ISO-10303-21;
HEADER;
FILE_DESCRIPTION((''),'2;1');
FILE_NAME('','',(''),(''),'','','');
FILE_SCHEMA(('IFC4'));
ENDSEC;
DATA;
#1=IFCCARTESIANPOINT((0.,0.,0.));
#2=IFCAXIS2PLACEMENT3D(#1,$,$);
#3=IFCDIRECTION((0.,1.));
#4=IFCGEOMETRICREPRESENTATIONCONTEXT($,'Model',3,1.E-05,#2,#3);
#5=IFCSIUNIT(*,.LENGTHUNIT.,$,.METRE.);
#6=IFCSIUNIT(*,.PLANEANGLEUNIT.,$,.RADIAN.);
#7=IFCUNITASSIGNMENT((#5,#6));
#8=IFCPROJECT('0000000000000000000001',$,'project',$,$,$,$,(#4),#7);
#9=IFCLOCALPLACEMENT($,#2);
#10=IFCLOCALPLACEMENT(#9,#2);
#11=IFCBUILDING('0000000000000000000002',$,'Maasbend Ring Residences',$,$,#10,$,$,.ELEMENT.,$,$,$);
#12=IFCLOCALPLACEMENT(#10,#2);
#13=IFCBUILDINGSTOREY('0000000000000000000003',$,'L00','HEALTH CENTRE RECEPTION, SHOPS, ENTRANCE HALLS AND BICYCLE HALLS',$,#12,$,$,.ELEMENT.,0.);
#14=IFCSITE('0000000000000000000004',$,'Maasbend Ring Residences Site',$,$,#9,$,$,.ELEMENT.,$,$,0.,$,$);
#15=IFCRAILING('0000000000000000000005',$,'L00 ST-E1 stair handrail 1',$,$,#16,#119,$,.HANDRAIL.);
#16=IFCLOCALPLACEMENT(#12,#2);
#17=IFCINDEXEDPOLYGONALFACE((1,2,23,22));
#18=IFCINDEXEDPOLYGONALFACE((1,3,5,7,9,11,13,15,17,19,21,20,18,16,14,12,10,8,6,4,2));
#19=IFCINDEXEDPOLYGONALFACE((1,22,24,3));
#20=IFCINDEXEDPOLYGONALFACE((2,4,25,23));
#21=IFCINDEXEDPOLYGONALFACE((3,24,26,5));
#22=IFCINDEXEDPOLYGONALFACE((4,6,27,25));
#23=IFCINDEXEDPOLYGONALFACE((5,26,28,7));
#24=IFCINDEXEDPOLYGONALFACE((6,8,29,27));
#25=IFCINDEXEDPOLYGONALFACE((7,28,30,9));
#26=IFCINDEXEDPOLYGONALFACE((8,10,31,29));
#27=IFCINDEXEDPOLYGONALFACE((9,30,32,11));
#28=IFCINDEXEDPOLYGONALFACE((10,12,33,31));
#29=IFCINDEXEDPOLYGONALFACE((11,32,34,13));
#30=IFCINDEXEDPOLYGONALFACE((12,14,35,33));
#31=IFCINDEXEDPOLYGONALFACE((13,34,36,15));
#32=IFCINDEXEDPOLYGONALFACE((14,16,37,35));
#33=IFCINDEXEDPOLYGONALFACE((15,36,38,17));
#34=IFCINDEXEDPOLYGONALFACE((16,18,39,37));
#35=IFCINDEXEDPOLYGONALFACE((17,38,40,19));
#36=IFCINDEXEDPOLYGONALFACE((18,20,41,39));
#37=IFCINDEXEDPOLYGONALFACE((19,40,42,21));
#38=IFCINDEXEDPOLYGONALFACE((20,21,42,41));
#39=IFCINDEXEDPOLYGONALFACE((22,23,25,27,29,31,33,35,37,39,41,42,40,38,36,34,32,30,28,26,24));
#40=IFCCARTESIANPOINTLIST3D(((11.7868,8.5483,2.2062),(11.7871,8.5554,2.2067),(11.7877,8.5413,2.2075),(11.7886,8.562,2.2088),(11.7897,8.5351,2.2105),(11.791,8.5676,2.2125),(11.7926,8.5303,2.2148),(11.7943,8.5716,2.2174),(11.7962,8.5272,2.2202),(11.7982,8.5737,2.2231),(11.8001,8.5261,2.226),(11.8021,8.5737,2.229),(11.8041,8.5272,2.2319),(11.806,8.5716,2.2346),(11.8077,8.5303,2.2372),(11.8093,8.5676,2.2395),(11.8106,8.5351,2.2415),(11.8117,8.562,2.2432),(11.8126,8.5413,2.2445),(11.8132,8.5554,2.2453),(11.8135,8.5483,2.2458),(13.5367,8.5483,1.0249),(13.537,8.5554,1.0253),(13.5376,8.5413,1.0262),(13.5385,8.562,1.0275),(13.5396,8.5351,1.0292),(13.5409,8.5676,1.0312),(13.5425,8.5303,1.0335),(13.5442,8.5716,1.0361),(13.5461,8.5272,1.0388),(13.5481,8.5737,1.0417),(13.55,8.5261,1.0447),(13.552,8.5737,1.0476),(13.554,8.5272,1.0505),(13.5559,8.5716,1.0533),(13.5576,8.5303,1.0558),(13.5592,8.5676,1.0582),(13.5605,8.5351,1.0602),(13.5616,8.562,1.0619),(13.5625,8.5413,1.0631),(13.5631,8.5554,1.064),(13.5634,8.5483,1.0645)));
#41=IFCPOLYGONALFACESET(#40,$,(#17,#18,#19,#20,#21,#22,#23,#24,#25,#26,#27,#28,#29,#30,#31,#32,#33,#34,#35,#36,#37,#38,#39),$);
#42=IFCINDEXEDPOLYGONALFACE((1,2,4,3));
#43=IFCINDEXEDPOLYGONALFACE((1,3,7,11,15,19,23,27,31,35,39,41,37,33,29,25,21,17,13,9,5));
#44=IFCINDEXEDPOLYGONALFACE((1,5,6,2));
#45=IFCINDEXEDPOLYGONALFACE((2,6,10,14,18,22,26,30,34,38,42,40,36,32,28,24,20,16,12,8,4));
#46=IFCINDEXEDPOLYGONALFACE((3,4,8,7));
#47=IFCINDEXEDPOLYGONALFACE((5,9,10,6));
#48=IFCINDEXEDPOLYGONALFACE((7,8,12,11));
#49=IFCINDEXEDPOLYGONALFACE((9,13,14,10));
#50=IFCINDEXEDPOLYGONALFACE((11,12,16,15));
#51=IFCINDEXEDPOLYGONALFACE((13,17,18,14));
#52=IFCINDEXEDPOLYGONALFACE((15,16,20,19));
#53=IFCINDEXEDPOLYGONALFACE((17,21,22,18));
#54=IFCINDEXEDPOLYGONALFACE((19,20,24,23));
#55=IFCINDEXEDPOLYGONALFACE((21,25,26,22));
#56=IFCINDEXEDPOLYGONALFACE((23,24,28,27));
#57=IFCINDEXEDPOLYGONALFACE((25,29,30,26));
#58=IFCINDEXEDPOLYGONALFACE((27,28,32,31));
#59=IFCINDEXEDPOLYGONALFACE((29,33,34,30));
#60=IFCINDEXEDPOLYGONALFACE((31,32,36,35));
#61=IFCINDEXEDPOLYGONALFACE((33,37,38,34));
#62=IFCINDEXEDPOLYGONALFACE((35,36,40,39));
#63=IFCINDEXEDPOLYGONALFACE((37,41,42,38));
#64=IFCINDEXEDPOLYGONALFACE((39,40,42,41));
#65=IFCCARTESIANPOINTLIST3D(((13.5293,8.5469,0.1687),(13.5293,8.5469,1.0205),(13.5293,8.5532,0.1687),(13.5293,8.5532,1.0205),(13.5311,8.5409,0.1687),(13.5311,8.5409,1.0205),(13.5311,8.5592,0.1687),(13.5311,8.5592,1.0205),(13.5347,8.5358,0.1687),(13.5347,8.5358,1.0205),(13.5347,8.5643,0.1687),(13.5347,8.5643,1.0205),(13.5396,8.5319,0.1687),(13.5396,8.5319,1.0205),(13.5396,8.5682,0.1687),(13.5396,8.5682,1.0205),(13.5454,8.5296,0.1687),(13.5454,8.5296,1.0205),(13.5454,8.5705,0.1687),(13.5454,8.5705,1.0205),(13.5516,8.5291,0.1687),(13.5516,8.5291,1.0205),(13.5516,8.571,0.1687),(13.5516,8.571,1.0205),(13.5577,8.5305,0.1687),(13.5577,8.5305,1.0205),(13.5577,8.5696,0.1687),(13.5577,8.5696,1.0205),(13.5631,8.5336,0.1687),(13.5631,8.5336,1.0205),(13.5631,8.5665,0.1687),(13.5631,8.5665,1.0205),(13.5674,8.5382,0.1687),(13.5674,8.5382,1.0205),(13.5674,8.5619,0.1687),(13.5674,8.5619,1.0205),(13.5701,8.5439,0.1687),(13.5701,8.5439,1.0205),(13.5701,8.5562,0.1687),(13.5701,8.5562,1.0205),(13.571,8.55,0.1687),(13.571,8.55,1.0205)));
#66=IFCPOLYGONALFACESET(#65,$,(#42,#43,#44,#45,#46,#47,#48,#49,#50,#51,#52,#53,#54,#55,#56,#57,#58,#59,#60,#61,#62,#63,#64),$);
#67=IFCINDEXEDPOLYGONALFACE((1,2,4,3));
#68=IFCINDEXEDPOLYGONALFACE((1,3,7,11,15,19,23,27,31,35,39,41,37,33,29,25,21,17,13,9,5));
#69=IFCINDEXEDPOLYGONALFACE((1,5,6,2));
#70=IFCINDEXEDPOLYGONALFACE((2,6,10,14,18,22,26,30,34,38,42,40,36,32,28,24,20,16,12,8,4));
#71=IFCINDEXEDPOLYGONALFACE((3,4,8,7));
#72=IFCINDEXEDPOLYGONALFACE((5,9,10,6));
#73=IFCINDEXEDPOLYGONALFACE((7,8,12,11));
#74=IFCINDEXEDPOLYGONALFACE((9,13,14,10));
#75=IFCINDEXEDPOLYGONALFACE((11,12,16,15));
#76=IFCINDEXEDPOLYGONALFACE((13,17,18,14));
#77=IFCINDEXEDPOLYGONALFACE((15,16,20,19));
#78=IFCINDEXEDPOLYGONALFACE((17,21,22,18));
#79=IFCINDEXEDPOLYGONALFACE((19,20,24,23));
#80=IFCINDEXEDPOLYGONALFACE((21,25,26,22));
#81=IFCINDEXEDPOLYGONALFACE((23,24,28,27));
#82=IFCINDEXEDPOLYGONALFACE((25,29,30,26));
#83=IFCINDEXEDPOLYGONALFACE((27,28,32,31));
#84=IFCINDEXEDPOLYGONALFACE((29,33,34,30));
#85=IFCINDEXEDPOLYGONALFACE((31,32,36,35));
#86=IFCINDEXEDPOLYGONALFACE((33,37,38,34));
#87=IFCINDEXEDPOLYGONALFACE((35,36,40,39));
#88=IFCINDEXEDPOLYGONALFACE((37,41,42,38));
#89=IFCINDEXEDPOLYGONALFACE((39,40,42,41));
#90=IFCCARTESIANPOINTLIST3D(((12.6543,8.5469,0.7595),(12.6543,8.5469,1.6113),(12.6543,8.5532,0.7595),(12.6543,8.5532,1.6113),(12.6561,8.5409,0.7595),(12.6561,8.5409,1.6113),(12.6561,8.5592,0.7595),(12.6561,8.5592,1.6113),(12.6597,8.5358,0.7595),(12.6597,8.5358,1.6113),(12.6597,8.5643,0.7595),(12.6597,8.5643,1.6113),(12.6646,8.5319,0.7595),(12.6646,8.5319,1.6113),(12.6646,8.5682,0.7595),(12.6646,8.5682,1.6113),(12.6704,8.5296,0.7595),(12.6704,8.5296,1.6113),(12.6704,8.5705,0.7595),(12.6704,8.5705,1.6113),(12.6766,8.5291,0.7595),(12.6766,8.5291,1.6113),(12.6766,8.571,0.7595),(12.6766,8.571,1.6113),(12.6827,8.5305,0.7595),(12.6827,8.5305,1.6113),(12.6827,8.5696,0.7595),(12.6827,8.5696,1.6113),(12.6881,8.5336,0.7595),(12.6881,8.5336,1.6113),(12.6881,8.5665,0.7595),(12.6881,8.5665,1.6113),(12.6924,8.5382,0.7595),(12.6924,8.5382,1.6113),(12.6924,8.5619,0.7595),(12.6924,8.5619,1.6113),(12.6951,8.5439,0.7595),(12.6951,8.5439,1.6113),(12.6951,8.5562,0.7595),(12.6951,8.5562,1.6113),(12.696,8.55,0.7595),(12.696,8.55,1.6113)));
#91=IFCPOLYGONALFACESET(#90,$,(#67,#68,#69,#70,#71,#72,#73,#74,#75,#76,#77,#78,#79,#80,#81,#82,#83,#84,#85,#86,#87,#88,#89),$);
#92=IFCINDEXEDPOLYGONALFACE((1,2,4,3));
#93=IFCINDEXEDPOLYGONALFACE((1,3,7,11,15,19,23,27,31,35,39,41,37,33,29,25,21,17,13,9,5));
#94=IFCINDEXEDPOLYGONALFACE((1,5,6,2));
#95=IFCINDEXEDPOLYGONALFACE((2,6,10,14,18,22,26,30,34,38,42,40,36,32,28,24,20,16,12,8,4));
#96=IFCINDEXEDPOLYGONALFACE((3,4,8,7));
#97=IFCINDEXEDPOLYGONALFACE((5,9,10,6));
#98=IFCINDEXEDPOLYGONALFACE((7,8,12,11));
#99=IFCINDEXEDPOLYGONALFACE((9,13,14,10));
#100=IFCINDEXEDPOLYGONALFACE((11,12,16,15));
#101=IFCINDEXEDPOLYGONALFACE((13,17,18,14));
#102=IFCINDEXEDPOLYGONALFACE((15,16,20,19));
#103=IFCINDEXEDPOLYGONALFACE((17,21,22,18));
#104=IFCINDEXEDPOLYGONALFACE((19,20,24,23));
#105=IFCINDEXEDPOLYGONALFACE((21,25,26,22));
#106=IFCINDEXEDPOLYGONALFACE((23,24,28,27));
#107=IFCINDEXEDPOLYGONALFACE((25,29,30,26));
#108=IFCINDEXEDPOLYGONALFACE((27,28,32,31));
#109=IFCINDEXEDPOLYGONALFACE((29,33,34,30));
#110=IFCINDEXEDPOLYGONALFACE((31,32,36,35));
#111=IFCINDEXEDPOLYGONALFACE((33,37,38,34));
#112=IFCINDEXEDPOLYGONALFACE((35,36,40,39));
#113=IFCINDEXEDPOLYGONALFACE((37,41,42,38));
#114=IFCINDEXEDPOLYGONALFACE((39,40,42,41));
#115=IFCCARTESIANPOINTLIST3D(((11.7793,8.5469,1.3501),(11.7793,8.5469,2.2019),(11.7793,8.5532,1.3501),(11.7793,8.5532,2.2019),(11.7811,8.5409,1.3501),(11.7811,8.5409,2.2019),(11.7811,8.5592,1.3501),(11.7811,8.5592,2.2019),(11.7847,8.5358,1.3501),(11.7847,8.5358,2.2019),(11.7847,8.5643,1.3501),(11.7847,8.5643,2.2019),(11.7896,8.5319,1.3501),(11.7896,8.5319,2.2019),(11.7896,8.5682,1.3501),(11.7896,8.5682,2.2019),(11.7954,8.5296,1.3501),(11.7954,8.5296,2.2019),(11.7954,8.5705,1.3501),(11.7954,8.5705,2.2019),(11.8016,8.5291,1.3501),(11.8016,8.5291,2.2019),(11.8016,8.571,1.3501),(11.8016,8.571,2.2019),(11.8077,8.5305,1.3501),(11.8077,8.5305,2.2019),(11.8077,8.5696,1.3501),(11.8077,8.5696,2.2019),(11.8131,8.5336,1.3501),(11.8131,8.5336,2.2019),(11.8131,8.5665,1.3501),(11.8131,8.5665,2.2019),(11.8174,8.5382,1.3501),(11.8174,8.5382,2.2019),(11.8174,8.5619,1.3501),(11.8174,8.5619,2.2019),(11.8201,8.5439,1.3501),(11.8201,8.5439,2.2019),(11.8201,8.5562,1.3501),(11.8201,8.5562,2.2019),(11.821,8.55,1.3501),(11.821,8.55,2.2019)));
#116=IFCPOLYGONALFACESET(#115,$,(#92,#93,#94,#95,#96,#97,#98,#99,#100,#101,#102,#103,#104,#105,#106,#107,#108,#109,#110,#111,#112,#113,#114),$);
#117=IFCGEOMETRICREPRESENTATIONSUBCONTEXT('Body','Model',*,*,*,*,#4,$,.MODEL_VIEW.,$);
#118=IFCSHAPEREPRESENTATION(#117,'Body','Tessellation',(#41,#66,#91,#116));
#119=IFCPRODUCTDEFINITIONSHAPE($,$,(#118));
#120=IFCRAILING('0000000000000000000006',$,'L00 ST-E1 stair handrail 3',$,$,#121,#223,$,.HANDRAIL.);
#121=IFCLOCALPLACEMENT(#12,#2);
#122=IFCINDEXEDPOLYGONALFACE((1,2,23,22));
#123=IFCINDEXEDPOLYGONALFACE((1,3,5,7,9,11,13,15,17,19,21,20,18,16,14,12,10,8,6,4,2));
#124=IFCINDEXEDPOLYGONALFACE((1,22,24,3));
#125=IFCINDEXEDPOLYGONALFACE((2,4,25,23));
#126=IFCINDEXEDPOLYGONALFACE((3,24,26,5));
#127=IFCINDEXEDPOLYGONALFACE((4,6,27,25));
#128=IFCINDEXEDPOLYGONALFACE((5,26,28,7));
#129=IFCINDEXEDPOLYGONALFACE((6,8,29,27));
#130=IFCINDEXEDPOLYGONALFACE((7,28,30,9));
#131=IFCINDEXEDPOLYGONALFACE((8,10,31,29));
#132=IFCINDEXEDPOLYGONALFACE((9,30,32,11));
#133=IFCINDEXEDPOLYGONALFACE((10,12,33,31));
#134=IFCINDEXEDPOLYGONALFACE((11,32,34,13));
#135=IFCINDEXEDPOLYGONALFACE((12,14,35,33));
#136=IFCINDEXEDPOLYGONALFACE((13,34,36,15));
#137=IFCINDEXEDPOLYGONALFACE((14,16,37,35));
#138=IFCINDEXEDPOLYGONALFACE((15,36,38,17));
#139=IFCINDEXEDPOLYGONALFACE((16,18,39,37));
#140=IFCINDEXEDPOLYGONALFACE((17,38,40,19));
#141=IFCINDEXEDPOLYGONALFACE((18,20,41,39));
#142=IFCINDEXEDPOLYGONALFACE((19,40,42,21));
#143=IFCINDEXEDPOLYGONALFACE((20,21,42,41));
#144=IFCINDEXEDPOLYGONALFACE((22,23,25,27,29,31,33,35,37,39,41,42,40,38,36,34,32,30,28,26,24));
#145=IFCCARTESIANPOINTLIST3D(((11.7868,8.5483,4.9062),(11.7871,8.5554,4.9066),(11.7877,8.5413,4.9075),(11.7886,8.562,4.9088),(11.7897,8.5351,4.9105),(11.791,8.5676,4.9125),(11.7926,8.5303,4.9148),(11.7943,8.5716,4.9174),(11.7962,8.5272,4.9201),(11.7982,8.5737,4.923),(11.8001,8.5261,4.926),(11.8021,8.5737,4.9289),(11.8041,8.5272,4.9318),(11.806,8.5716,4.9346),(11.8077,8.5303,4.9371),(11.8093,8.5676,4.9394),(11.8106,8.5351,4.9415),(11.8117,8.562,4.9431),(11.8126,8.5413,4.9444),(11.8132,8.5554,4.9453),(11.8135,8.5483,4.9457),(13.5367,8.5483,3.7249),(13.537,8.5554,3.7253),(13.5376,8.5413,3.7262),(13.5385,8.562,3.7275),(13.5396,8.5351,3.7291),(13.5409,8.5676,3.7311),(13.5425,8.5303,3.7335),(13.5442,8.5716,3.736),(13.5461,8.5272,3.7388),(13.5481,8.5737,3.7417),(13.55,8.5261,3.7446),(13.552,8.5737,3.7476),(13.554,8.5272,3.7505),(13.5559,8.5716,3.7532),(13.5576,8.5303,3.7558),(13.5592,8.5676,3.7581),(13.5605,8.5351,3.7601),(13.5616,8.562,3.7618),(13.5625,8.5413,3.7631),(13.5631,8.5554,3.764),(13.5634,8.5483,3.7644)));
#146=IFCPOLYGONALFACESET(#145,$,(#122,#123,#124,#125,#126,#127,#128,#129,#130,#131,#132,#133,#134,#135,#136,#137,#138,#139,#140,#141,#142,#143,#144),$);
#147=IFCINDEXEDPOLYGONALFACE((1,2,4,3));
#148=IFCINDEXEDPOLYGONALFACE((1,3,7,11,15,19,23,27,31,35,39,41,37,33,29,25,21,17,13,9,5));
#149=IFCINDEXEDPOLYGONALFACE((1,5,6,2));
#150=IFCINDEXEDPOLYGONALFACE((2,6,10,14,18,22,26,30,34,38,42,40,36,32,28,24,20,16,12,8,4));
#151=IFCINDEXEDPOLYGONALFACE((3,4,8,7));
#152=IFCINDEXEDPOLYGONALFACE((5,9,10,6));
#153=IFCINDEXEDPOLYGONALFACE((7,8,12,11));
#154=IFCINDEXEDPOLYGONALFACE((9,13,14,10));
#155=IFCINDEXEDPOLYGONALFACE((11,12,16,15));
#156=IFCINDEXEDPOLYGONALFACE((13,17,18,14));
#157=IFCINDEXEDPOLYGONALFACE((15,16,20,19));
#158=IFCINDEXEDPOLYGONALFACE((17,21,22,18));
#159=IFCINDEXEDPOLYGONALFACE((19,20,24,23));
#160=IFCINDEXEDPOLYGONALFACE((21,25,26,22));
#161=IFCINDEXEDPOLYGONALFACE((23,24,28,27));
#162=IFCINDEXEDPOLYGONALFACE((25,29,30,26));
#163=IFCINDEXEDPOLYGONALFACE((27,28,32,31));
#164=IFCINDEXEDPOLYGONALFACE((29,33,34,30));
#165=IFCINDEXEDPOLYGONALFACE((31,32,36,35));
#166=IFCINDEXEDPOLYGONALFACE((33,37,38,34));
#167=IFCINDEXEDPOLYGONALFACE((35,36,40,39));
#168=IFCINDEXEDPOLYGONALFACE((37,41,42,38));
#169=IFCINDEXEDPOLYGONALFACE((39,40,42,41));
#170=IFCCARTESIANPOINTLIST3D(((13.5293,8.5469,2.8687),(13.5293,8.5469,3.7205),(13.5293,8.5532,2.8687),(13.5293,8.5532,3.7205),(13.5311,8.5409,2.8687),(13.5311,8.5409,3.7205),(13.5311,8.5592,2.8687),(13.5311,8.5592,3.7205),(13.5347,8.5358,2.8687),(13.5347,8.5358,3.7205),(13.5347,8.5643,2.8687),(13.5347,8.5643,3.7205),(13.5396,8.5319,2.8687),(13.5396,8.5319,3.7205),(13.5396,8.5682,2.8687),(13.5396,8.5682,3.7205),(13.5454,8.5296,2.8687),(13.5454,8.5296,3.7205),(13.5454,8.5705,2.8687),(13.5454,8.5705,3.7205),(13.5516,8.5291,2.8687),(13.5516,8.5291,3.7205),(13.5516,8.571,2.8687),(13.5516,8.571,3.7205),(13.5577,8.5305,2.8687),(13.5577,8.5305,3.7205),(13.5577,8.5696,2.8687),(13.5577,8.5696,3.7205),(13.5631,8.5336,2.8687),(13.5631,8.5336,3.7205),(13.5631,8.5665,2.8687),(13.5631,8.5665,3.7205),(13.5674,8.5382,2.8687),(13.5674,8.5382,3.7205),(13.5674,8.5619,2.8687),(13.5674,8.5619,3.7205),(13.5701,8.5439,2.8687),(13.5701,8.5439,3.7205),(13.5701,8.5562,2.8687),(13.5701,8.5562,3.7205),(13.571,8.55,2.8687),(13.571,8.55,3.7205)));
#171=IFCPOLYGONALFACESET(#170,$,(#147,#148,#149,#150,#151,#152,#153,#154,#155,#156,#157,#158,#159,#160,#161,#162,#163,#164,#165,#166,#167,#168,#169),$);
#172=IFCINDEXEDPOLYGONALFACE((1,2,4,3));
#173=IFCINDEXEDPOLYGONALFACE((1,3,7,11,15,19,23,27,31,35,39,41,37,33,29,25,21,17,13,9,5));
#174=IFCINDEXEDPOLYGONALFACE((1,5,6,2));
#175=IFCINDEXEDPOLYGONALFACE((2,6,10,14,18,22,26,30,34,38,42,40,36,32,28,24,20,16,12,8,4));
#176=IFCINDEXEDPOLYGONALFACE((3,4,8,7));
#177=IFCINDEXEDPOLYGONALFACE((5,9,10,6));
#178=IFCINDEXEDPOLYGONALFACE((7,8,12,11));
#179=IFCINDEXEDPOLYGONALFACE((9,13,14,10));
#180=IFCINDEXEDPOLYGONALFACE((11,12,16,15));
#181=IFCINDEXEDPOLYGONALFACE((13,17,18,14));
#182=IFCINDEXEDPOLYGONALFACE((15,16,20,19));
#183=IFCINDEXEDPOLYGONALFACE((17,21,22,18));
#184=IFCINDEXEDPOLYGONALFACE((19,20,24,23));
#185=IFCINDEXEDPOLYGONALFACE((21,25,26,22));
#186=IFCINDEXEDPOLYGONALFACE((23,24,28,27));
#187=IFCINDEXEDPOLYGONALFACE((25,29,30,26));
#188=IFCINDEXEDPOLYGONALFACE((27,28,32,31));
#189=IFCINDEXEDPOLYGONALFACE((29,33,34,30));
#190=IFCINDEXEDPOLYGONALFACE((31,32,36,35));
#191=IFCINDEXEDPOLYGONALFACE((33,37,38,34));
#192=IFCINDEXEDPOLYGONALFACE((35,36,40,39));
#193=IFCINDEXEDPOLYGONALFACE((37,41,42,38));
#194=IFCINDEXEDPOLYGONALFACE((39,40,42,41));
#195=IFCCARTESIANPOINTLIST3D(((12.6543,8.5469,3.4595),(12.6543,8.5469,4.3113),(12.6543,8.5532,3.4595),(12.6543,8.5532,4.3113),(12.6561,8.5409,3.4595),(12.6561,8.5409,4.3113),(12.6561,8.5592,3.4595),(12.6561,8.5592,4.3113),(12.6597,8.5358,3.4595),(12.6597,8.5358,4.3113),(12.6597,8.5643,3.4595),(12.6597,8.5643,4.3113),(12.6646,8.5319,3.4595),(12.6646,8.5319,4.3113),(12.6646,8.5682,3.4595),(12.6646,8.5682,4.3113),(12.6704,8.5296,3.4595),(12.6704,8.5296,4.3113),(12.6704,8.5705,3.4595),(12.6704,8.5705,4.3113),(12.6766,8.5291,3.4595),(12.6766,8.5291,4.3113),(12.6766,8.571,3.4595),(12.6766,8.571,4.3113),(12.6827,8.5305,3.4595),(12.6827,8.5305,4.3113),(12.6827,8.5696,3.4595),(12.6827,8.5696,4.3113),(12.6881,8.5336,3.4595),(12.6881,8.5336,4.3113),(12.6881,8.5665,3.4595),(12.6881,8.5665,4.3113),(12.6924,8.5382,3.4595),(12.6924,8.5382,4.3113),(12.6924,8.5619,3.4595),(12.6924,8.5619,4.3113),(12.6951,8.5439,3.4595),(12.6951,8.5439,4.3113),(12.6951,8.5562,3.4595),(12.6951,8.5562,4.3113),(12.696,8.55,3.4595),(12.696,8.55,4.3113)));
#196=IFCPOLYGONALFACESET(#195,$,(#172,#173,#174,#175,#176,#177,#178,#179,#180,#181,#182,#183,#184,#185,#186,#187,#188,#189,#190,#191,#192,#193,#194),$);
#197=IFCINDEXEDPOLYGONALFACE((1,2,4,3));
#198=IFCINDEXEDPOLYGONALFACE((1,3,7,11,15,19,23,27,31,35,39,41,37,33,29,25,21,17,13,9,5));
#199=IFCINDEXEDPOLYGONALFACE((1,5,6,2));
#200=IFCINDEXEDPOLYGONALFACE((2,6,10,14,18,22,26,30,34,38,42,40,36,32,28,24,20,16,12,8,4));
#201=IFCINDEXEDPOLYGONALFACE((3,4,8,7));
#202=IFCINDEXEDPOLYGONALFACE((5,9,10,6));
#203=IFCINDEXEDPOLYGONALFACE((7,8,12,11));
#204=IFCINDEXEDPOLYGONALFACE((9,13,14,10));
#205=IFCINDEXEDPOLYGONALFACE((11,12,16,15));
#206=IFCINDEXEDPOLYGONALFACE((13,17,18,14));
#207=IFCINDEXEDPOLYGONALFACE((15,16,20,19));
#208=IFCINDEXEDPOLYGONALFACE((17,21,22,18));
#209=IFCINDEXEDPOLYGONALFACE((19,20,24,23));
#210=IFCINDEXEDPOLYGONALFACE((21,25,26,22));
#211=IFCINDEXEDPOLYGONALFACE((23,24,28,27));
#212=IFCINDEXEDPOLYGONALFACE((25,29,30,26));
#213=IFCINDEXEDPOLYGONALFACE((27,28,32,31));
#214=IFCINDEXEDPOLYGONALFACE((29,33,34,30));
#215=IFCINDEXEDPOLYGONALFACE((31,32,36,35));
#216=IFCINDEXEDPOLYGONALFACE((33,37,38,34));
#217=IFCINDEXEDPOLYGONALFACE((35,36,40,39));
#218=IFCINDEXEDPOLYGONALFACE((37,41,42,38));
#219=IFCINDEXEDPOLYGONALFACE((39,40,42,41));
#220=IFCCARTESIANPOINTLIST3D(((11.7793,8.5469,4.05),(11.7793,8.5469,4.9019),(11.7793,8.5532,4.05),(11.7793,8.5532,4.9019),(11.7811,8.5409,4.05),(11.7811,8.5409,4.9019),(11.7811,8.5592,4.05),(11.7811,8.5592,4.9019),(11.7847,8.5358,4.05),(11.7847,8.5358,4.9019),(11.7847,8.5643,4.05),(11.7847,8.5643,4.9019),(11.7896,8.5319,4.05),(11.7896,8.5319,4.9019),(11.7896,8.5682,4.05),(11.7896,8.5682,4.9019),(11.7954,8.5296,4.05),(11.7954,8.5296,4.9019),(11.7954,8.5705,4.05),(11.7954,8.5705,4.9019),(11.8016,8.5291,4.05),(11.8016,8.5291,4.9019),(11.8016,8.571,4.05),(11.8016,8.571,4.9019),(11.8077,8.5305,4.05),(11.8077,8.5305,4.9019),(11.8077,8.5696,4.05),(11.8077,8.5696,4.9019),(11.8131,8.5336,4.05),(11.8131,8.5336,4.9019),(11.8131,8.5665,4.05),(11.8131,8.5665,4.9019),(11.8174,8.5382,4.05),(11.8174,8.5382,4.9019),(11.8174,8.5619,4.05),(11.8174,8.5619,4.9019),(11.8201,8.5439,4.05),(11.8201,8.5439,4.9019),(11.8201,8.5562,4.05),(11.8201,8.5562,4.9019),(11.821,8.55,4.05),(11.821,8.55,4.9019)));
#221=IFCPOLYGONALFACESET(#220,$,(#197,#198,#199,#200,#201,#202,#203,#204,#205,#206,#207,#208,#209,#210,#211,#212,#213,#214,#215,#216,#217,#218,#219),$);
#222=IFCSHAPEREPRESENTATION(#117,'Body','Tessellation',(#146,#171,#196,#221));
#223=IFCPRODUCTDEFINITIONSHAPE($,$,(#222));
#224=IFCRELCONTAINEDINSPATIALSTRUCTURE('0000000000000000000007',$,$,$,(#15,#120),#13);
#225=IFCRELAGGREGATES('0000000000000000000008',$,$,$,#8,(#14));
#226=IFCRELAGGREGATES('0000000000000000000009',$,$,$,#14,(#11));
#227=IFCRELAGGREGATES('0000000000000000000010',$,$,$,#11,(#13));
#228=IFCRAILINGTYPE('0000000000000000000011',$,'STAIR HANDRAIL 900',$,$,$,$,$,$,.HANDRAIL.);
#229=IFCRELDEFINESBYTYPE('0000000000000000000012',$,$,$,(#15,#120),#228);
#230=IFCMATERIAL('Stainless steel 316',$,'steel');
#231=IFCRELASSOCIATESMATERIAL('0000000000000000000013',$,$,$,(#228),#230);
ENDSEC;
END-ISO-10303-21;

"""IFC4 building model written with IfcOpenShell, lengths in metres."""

from ifc_helpers import new_model, si_unit, direction, frame, origin, origin_2d, place, context, subcontext, project, spatial, circle, extrude, material, type_object, element, save


model = new_model("IFC4")

# Units and contexts
model_context = context("Model", 3, precision=1e-05, world=origin(), true_north=direction((0.0, 1.0)))
body_context = subcontext(model_context, "Body", "Model", "MODEL_VIEW")
ifc_project = project(units=[si_unit("LENGTHUNIT", "METRE"), si_unit("PLANEANGLEUNIT", "RADIAN")], contexts=[model_context])

# Site, building, storey
site_placement = place(None, origin())
site = spatial("IfcSite", under=ifc_project, at=site_placement, Name="Maasbend Ring Residences Site", CompositionType="ELEMENT", RefElevation=0.0)
building_placement = place(site_placement, origin())
building = spatial("IfcBuilding", under=site, at=building_placement, Name="Maasbend Ring Residences", CompositionType="ELEMENT")
storey_placement = place(building_placement, origin())
storey = spatial("IfcBuildingStorey", under=building, at=storey_placement, Name="L00", Description="HEALTH CENTRE RECEPTION, SHOPS, ENTRANCE HALLS AND BICYCLE HALLS", CompositionType="ELEMENT", Elevation=0.0)

# Railings
ifc_material_1 = material(Name="Stainless steel 316", Category="steel")
railing_type = type_object("IfcRailingType", Name="STAIR HANDRAIL 900", PredefinedType="HANDRAIL", material=ifc_material_1)
for number, where, name in (
    (1, (13.55, 8.55, 0.1687), "L00 ST-E1 stair handrail 1"),
    (2, (13.55, 8.55, 2.8687), "L00 ST-E1 stair handrail 3"),
):
    element("IfcRailing", number, at=place(storey_placement, frame(where)), inside=storey, type_object=railing_type, Name=name, PredefinedType="HANDRAIL", context=body_context, shape_type="SweptSolid", body=[
        extrude(circle(Radius=0.0239, at=origin_2d()), frame((0.0, 0.0, 0.876), z_axis=(-0.828817, 0.0, 0.559521), x_axis=(0.0, -1.0, 0.0)), (0.0, 0.0, 1.0), 2.1113),
        extrude(circle(Radius=0.021, at=origin_2d()), origin(), (0.0, 0.0, 1.0), 0.8518),
        extrude(circle(Radius=0.021, at=origin_2d()), frame((-0.875, 0.0, 0.5908)), (0.0, 0.0, 1.0), 0.8518),
        extrude(circle(Radius=0.021, at=origin_2d()), frame((-1.75, 0.0, 1.1814)), (0.0, 0.0, 1.0), 0.8518),
    ])

save(model, "model.ifc")
